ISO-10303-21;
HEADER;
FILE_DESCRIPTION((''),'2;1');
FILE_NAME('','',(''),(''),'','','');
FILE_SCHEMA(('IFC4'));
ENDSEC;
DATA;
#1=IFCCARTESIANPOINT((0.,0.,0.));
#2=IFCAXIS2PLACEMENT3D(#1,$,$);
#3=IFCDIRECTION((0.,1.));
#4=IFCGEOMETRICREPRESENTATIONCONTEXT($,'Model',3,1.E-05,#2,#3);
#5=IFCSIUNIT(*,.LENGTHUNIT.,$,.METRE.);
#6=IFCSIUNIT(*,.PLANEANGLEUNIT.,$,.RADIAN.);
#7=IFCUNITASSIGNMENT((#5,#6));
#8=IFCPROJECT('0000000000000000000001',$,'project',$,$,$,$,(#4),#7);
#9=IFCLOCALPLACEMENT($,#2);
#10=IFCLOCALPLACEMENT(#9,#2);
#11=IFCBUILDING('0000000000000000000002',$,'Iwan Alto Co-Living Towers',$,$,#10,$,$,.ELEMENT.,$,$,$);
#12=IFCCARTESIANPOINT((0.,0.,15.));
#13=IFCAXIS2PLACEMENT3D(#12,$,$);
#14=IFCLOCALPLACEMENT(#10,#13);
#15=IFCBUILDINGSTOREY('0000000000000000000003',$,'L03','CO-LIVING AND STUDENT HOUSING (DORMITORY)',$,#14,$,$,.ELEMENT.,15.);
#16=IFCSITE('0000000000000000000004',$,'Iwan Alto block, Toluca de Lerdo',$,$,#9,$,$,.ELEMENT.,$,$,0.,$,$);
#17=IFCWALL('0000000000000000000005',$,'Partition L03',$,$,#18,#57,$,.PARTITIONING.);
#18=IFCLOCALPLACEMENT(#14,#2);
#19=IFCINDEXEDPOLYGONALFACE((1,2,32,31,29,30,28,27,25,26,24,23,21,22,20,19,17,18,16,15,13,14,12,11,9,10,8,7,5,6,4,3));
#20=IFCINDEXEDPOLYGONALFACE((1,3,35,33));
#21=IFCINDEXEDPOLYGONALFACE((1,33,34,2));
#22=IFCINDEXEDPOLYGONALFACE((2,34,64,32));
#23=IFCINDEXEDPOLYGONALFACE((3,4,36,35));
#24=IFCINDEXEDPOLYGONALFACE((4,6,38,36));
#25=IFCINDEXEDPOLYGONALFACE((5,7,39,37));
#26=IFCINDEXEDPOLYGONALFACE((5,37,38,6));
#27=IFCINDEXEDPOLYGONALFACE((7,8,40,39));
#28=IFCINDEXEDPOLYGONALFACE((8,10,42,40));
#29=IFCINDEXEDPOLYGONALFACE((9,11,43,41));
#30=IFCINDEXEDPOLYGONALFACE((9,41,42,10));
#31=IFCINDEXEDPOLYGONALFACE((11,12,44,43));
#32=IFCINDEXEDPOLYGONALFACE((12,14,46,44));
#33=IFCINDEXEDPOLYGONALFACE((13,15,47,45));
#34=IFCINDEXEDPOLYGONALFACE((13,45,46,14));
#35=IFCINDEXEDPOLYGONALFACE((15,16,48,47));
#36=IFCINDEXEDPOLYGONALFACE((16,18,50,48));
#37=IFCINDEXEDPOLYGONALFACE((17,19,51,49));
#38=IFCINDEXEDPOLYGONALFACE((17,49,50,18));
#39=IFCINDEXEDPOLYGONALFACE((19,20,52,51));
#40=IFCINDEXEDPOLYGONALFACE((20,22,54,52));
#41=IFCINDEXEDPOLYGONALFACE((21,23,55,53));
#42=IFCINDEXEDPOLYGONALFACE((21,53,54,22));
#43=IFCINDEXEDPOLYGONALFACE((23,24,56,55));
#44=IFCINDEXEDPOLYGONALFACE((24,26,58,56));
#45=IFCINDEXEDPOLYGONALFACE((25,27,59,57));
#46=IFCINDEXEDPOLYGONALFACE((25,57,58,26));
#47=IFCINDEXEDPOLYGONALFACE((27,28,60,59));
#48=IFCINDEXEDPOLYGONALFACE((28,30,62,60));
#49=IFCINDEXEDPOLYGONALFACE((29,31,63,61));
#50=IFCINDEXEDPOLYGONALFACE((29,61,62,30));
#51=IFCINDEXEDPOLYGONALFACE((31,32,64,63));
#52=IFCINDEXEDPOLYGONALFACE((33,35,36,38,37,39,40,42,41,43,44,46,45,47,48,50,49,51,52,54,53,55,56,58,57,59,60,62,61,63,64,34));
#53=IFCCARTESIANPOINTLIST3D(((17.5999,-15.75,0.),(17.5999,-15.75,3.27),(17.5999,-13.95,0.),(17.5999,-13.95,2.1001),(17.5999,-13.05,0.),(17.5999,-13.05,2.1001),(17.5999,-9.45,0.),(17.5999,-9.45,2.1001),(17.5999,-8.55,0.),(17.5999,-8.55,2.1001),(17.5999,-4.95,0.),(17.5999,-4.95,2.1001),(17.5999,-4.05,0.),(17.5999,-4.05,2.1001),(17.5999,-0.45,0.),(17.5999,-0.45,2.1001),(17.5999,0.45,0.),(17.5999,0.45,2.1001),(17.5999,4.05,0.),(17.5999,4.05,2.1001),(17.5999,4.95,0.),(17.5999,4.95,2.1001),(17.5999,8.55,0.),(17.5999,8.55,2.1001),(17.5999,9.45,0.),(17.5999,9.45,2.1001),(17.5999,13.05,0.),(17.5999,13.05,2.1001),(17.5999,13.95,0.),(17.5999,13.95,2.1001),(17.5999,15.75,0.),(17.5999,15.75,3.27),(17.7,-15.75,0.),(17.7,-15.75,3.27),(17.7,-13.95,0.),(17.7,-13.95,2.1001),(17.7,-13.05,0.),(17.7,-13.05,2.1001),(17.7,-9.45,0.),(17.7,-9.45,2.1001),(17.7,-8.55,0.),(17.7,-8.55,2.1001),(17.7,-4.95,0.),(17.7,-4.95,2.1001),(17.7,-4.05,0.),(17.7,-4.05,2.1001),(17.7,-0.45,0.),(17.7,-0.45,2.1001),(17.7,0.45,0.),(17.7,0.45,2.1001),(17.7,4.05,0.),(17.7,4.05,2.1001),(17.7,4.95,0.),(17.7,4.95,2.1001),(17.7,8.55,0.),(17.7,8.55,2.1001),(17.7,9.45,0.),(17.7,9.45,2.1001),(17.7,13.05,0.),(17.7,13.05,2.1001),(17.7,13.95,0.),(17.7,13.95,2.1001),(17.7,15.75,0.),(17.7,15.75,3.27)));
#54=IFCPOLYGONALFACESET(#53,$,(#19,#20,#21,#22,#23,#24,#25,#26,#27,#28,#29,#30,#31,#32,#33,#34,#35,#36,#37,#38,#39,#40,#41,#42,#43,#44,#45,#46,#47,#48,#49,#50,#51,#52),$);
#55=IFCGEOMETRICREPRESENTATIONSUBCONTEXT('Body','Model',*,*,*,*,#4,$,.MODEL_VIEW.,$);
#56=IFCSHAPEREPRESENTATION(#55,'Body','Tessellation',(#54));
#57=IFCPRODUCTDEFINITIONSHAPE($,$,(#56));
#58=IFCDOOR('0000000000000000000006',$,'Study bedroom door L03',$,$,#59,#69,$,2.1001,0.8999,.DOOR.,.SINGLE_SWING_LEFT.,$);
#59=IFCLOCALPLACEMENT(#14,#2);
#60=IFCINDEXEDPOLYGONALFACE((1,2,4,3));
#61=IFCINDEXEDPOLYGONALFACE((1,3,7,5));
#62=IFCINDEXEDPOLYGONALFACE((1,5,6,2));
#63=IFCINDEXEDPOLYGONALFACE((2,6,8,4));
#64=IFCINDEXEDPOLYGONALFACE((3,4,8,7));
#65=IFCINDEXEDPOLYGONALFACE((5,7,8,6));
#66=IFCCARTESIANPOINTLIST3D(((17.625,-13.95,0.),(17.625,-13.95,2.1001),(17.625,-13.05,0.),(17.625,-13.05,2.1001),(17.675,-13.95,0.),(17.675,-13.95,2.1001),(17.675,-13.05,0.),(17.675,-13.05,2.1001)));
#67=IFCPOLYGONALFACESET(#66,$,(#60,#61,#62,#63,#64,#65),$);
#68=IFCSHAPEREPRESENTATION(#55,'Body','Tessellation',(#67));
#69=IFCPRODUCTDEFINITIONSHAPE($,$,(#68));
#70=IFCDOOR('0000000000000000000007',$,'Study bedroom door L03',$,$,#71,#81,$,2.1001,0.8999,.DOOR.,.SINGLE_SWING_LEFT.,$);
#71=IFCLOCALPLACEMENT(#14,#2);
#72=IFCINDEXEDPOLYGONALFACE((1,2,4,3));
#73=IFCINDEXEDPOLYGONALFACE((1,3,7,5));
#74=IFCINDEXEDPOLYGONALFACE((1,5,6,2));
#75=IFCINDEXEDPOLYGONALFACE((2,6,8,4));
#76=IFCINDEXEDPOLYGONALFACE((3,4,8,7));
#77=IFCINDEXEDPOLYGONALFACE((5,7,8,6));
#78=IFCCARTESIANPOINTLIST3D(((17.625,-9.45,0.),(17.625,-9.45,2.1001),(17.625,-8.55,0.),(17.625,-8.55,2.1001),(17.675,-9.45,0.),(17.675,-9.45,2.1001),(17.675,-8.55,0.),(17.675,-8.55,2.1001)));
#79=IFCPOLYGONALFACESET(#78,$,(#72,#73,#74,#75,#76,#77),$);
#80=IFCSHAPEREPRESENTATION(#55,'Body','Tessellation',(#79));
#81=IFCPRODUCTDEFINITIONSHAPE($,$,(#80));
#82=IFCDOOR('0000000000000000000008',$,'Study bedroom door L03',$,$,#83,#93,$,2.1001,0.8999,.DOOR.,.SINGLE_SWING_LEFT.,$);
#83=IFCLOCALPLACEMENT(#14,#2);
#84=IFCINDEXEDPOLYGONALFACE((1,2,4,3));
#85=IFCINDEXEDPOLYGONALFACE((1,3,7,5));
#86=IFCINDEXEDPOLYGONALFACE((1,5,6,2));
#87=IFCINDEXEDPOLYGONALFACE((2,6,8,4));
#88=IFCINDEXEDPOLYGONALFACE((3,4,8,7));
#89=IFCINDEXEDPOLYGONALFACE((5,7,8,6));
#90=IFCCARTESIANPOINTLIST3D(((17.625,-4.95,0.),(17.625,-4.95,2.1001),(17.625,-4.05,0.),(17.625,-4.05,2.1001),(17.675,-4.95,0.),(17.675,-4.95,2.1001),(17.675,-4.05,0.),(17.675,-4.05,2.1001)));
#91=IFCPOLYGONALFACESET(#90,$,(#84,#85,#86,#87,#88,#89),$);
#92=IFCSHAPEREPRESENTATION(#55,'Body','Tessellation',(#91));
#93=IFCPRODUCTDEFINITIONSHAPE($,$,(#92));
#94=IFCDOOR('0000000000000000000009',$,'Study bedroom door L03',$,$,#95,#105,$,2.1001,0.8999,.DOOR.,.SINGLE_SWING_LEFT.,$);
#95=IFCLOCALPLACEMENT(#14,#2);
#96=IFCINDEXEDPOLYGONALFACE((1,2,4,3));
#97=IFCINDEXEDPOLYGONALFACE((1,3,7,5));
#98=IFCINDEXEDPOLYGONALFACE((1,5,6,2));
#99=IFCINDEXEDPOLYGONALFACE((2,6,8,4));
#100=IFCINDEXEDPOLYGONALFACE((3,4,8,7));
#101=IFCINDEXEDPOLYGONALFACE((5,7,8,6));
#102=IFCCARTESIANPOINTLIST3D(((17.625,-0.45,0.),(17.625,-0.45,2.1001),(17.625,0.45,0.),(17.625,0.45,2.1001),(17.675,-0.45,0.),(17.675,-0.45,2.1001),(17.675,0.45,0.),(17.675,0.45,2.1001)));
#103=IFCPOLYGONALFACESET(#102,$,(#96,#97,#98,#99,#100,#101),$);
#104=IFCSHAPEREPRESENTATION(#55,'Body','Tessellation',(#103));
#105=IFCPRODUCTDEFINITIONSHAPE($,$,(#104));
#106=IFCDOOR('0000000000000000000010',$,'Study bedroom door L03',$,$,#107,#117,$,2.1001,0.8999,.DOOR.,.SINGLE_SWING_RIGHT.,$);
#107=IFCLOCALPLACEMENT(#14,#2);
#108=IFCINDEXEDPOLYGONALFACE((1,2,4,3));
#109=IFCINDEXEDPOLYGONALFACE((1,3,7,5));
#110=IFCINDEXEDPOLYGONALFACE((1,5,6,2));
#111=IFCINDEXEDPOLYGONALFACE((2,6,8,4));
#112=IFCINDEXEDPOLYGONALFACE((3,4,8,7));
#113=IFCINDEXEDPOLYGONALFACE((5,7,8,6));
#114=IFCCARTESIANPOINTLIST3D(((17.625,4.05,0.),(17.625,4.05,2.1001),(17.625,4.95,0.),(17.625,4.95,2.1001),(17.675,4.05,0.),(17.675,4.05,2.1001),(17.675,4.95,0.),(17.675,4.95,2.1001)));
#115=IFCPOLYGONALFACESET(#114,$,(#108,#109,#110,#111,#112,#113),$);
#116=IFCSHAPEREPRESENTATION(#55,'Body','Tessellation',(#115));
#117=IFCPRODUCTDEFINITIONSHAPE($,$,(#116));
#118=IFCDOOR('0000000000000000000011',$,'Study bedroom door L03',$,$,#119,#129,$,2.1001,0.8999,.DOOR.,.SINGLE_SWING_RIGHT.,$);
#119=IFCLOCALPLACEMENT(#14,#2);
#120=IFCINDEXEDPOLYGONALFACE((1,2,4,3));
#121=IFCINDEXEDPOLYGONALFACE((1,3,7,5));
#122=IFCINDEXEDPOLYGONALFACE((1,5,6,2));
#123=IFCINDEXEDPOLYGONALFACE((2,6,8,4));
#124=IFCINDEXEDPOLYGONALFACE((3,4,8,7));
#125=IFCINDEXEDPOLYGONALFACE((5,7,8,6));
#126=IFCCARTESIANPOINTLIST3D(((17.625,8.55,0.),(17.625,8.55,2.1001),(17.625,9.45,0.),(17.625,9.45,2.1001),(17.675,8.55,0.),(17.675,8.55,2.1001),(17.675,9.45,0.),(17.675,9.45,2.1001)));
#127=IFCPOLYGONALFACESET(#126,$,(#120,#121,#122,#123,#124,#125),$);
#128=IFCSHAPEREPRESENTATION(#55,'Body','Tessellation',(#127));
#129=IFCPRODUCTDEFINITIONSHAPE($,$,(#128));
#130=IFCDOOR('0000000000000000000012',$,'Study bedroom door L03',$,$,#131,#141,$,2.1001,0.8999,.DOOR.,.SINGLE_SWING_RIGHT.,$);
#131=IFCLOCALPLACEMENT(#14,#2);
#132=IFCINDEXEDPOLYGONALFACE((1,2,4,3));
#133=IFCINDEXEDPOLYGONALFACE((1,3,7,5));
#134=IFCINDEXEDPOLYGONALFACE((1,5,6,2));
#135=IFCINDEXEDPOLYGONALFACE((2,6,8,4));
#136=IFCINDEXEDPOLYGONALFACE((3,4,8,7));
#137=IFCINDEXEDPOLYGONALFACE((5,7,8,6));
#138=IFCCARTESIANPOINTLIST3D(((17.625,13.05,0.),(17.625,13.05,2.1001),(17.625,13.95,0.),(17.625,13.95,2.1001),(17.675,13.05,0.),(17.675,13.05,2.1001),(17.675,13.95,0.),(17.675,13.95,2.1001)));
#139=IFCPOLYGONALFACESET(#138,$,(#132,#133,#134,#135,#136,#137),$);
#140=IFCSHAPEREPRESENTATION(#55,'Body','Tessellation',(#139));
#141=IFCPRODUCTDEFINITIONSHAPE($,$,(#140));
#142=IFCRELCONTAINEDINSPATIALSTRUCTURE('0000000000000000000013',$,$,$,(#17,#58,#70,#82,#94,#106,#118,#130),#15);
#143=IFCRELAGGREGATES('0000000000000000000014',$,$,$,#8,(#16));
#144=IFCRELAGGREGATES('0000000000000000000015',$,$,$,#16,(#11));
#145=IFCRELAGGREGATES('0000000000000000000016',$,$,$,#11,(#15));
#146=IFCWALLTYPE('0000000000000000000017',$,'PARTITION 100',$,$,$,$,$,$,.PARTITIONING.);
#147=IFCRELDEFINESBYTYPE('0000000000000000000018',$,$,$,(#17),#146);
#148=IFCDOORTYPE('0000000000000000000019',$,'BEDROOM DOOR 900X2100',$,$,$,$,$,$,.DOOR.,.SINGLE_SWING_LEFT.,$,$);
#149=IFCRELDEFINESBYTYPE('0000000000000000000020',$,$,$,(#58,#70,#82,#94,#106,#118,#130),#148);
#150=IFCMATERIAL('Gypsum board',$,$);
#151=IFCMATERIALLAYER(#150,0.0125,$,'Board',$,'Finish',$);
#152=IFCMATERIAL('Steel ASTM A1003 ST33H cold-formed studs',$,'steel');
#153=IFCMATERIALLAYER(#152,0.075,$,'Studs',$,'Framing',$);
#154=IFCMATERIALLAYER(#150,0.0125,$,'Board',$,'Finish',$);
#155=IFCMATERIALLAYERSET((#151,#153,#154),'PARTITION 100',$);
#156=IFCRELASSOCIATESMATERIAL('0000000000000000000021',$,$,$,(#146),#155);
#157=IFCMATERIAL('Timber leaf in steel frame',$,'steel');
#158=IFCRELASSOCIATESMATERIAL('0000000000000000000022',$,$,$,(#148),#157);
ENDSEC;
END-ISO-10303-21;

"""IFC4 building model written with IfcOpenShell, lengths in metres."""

from ifc_helpers import new_model, si_unit, direction, frame, frame_2d, origin, place, context, subcontext, project, spatial, rectangle, extrude, material, layer, layer_set, type_object, element, fill, save


model = new_model("IFC4")

# Units and contexts
model_context = context("Model", 3, precision=1e-05, world=origin(), true_north=direction((0.0, 1.0)))
body_context = subcontext(model_context, "Body", "Model", "MODEL_VIEW")
ifc_project = project(units=[si_unit("LENGTHUNIT", "METRE"), si_unit("PLANEANGLEUNIT", "RADIAN")], contexts=[model_context])

# Site, building, storey
site_placement = place(None, origin())
site = spatial("IfcSite", under=ifc_project, at=site_placement, Name="Iwan Alto block, Toluca de Lerdo", CompositionType="ELEMENT", RefElevation=0.0)
building_placement = place(site_placement, origin())
building = spatial("IfcBuilding", under=site, at=building_placement, Name="Iwan Alto Co-Living Towers", CompositionType="ELEMENT")
storey_placement = place(building_placement, frame((0.0, 0.0, 15.0)))
storey = spatial("IfcBuildingStorey", under=building, at=storey_placement, Name="L03", Description="CO-LIVING AND STUDENT HOUSING (DORMITORY)", CompositionType="ELEMENT", Elevation=15.0)

# Shared definitions
ifc_material_1 = material(Name="Gypsum board")
ifc_material_2 = material(Name="Steel ASTM A1003 ST33H cold-formed studs", Category="steel")

# Shared definitions
ifc_layer_1 = layer(ifc_material_1, 0.0125, Name="Board", Category="Finish")
ifc_layer_2 = layer(ifc_material_2, 0.075, Name="Studs", Category="Framing")
ifc_layer_3 = layer(ifc_material_1, 0.0125, Name="Board", Category="Finish")
ifc_layer_set_1 = layer_set([ifc_layer_1, ifc_layer_2, ifc_layer_3], Name="PARTITION 100")
wall_type_1 = type_object("IfcWallType", Name="PARTITION 100", PredefinedType="PARTITIONING", material=ifc_layer_set_1)

# Wall, openings, doors
wall_1_placement = place(storey_placement, frame((17.6499, -15.75, 0.0), z_axis=(0.0, 0.0, 1.0), x_axis=(0.0, 1.0, 0.0)))
wall_1 = element("IfcWall", 1, at=wall_1_placement, inside=storey, type_object=wall_type_1, Name="Partition L03", PredefinedType="PARTITIONING", context=body_context, shape_type="SweptSolid", body=[
    extrude(rectangle(XDim=31.5, YDim=0.1001, at=frame_2d((15.75, 0.0))), origin(), (0.0, 0.0, 1.0), 3.27),
])
opening_1_placement = place(wall_1_placement, frame((1.8, 0.0, 0.0)))
opening_1 = element("IfcOpeningElement", 2, at=opening_1_placement, cuts=wall_1, PredefinedType="OPENING", context=body_context, shape_type="SweptSolid", body=[
    extrude(rectangle(XDim=0.8999, YDim=2.1001, at=frame_2d((0.45, 1.05))), frame((0.0, 0.0601, 0.0), z_axis=(0.0, -1.0, 0.0), x_axis=(1.0, 0.0, 0.0)), (0.0, 0.0, 1.0), 0.1201),
])
opening_2_placement = place(wall_1_placement, frame((6.3, 0.0, 0.0)))
opening_2 = element("IfcOpeningElement", 3, at=opening_2_placement, cuts=wall_1, PredefinedType="OPENING", context=body_context, shape_type="SweptSolid", body=[
    extrude(rectangle(XDim=0.8999, YDim=2.1001, at=frame_2d((0.45, 1.05))), frame((0.0, 0.0601, 0.0), z_axis=(0.0, -1.0, 0.0), x_axis=(1.0, 0.0, 0.0)), (0.0, 0.0, 1.0), 0.1201),
])
opening_3_placement = place(wall_1_placement, frame((10.8, 0.0, 0.0)))
opening_3 = element("IfcOpeningElement", 4, at=opening_3_placement, cuts=wall_1, PredefinedType="OPENING", context=body_context, shape_type="SweptSolid", body=[
    extrude(rectangle(XDim=0.8999, YDim=2.1001, at=frame_2d((0.45, 1.05))), frame((0.0, 0.0601, 0.0), z_axis=(0.0, -1.0, 0.0), x_axis=(1.0, 0.0, 0.0)), (0.0, 0.0, 1.0), 0.1201),
])
opening_4_placement = place(wall_1_placement, frame((15.3, 0.0, 0.0)))
opening_4 = element("IfcOpeningElement", 5, at=opening_4_placement, cuts=wall_1, PredefinedType="OPENING", context=body_context, shape_type="SweptSolid", body=[
    extrude(rectangle(XDim=0.8999, YDim=2.1001, at=frame_2d((0.45, 1.05))), frame((0.0, 0.0601, 0.0), z_axis=(0.0, -1.0, 0.0), x_axis=(1.0, 0.0, 0.0)), (0.0, 0.0, 1.0), 0.1201),
])
opening_5_placement = place(wall_1_placement, frame((19.8, 0.0, 0.0)))
opening_5 = element("IfcOpeningElement", 6, at=opening_5_placement, cuts=wall_1, PredefinedType="OPENING", context=body_context, shape_type="SweptSolid", body=[
    extrude(rectangle(XDim=0.8999, YDim=2.1001, at=frame_2d((0.45, 1.05))), frame((0.0, 0.0601, 0.0), z_axis=(0.0, -1.0, 0.0), x_axis=(1.0, 0.0, 0.0)), (0.0, 0.0, 1.0), 0.1201),
])
opening_6_placement = place(wall_1_placement, frame((24.3, 0.0, 0.0)))
opening_6 = element("IfcOpeningElement", 7, at=opening_6_placement, cuts=wall_1, PredefinedType="OPENING", context=body_context, shape_type="SweptSolid", body=[
    extrude(rectangle(XDim=0.8999, YDim=2.1001, at=frame_2d((0.45, 1.05))), frame((0.0, 0.0601, 0.0), z_axis=(0.0, -1.0, 0.0), x_axis=(1.0, 0.0, 0.0)), (0.0, 0.0, 1.0), 0.1201),
])
opening_7_placement = place(wall_1_placement, frame((28.8, 0.0, 0.0)))
opening_7 = element("IfcOpeningElement", 8, at=opening_7_placement, cuts=wall_1, PredefinedType="OPENING", context=body_context, shape_type="SweptSolid", body=[
    extrude(rectangle(XDim=0.8999, YDim=2.1001, at=frame_2d((0.45, 1.05))), frame((0.0, 0.0601, 0.0), z_axis=(0.0, -1.0, 0.0), x_axis=(1.0, 0.0, 0.0)), (0.0, 0.0, 1.0), 0.1201),
])
ifc_material_3 = material(Name="Timber leaf in steel frame", Category="steel")
door_type_1 = type_object("IfcDoorType", Name="BEDROOM DOOR 900X2100", OperationType="SINGLE_SWING_LEFT", PredefinedType="DOOR", material=ifc_material_3)
door_1_placement = place(opening_1_placement, origin())
door_1 = element("IfcDoor", 9, at=door_1_placement, inside=storey, type_object=door_type_1, Name="Study bedroom door L03", OperationType="SINGLE_SWING_LEFT", OverallHeight=2.1001, OverallWidth=0.8999, PredefinedType="DOOR", context=body_context, shape_type="SweptSolid", body=[
    extrude(rectangle(XDim=0.8999, YDim=2.1001, at=frame_2d((0.45, 1.05))), frame((0.0, 0.0249, 0.0), z_axis=(0.0, -1.0, 0.0), x_axis=(1.0, 0.0, 0.0)), (0.0, 0.0, 1.0), 0.05),
])
fill(opening_1, door_1)
door_2_placement = place(opening_2_placement, origin())
door_2 = element("IfcDoor", 10, at=door_2_placement, inside=storey, type_object=door_type_1, Name="Study bedroom door L03", OperationType="SINGLE_SWING_LEFT", OverallHeight=2.1001, OverallWidth=0.8999, PredefinedType="DOOR", context=body_context, shape_type="SweptSolid", body=[
    extrude(rectangle(XDim=0.8999, YDim=2.1001, at=frame_2d((0.45, 1.05))), frame((0.0, 0.0249, 0.0), z_axis=(0.0, -1.0, 0.0), x_axis=(1.0, 0.0, 0.0)), (0.0, 0.0, 1.0), 0.05),
])
fill(opening_2, door_2)
door_3_placement = place(opening_3_placement, origin())
door_3 = element("IfcDoor", 11, at=door_3_placement, inside=storey, type_object=door_type_1, Name="Study bedroom door L03", OperationType="SINGLE_SWING_LEFT", OverallHeight=2.1001, OverallWidth=0.8999, PredefinedType="DOOR", context=body_context, shape_type="SweptSolid", body=[
    extrude(rectangle(XDim=0.8999, YDim=2.1001, at=frame_2d((0.45, 1.05))), frame((0.0, 0.0249, 0.0), z_axis=(0.0, -1.0, 0.0), x_axis=(1.0, 0.0, 0.0)), (0.0, 0.0, 1.0), 0.05),
])
fill(opening_3, door_3)
door_4_placement = place(opening_4_placement, origin())
door_4 = element("IfcDoor", 12, at=door_4_placement, inside=storey, type_object=door_type_1, Name="Study bedroom door L03", OperationType="SINGLE_SWING_LEFT", OverallHeight=2.1001, OverallWidth=0.8999, PredefinedType="DOOR", context=body_context, shape_type="SweptSolid", body=[
    extrude(rectangle(XDim=0.8999, YDim=2.1001, at=frame_2d((0.45, 1.05))), frame((0.0, 0.0249, 0.0), z_axis=(0.0, -1.0, 0.0), x_axis=(1.0, 0.0, 0.0)), (0.0, 0.0, 1.0), 0.05),
])
fill(opening_4, door_4)
door_5_placement = place(opening_5_placement, origin())
door_5 = element("IfcDoor", 13, at=door_5_placement, inside=storey, type_object=door_type_1, Name="Study bedroom door L03", OperationType="SINGLE_SWING_RIGHT", OverallHeight=2.1001, OverallWidth=0.8999, PredefinedType="DOOR", context=body_context, shape_type="SweptSolid", body=[
    extrude(rectangle(XDim=0.8999, YDim=2.1001, at=frame_2d((0.45, 1.05))), frame((0.0, 0.0249, 0.0), z_axis=(0.0, -1.0, 0.0), x_axis=(1.0, 0.0, 0.0)), (0.0, 0.0, 1.0), 0.05),
])
fill(opening_5, door_5)
door_6_placement = place(opening_6_placement, origin())
door_6 = element("IfcDoor", 14, at=door_6_placement, inside=storey, type_object=door_type_1, Name="Study bedroom door L03", OperationType="SINGLE_SWING_RIGHT", OverallHeight=2.1001, OverallWidth=0.8999, PredefinedType="DOOR", context=body_context, shape_type="SweptSolid", body=[
    extrude(rectangle(XDim=0.8999, YDim=2.1001, at=frame_2d((0.45, 1.05))), frame((0.0, 0.0249, 0.0), z_axis=(0.0, -1.0, 0.0), x_axis=(1.0, 0.0, 0.0)), (0.0, 0.0, 1.0), 0.05),
])
fill(opening_6, door_6)
door_7_placement = place(opening_7_placement, origin())
door_7 = element("IfcDoor", 15, at=door_7_placement, inside=storey, type_object=door_type_1, Name="Study bedroom door L03", OperationType="SINGLE_SWING_RIGHT", OverallHeight=2.1001, OverallWidth=0.8999, PredefinedType="DOOR", context=body_context, shape_type="SweptSolid", body=[
    extrude(rectangle(XDim=0.8999, YDim=2.1001, at=frame_2d((0.45, 1.05))), frame((0.0, 0.0249, 0.0), z_axis=(0.0, -1.0, 0.0), x_axis=(1.0, 0.0, 0.0)), (0.0, 0.0, 1.0), 0.05),
])
fill(opening_7, door_7)

save(model, "model.ifc")
